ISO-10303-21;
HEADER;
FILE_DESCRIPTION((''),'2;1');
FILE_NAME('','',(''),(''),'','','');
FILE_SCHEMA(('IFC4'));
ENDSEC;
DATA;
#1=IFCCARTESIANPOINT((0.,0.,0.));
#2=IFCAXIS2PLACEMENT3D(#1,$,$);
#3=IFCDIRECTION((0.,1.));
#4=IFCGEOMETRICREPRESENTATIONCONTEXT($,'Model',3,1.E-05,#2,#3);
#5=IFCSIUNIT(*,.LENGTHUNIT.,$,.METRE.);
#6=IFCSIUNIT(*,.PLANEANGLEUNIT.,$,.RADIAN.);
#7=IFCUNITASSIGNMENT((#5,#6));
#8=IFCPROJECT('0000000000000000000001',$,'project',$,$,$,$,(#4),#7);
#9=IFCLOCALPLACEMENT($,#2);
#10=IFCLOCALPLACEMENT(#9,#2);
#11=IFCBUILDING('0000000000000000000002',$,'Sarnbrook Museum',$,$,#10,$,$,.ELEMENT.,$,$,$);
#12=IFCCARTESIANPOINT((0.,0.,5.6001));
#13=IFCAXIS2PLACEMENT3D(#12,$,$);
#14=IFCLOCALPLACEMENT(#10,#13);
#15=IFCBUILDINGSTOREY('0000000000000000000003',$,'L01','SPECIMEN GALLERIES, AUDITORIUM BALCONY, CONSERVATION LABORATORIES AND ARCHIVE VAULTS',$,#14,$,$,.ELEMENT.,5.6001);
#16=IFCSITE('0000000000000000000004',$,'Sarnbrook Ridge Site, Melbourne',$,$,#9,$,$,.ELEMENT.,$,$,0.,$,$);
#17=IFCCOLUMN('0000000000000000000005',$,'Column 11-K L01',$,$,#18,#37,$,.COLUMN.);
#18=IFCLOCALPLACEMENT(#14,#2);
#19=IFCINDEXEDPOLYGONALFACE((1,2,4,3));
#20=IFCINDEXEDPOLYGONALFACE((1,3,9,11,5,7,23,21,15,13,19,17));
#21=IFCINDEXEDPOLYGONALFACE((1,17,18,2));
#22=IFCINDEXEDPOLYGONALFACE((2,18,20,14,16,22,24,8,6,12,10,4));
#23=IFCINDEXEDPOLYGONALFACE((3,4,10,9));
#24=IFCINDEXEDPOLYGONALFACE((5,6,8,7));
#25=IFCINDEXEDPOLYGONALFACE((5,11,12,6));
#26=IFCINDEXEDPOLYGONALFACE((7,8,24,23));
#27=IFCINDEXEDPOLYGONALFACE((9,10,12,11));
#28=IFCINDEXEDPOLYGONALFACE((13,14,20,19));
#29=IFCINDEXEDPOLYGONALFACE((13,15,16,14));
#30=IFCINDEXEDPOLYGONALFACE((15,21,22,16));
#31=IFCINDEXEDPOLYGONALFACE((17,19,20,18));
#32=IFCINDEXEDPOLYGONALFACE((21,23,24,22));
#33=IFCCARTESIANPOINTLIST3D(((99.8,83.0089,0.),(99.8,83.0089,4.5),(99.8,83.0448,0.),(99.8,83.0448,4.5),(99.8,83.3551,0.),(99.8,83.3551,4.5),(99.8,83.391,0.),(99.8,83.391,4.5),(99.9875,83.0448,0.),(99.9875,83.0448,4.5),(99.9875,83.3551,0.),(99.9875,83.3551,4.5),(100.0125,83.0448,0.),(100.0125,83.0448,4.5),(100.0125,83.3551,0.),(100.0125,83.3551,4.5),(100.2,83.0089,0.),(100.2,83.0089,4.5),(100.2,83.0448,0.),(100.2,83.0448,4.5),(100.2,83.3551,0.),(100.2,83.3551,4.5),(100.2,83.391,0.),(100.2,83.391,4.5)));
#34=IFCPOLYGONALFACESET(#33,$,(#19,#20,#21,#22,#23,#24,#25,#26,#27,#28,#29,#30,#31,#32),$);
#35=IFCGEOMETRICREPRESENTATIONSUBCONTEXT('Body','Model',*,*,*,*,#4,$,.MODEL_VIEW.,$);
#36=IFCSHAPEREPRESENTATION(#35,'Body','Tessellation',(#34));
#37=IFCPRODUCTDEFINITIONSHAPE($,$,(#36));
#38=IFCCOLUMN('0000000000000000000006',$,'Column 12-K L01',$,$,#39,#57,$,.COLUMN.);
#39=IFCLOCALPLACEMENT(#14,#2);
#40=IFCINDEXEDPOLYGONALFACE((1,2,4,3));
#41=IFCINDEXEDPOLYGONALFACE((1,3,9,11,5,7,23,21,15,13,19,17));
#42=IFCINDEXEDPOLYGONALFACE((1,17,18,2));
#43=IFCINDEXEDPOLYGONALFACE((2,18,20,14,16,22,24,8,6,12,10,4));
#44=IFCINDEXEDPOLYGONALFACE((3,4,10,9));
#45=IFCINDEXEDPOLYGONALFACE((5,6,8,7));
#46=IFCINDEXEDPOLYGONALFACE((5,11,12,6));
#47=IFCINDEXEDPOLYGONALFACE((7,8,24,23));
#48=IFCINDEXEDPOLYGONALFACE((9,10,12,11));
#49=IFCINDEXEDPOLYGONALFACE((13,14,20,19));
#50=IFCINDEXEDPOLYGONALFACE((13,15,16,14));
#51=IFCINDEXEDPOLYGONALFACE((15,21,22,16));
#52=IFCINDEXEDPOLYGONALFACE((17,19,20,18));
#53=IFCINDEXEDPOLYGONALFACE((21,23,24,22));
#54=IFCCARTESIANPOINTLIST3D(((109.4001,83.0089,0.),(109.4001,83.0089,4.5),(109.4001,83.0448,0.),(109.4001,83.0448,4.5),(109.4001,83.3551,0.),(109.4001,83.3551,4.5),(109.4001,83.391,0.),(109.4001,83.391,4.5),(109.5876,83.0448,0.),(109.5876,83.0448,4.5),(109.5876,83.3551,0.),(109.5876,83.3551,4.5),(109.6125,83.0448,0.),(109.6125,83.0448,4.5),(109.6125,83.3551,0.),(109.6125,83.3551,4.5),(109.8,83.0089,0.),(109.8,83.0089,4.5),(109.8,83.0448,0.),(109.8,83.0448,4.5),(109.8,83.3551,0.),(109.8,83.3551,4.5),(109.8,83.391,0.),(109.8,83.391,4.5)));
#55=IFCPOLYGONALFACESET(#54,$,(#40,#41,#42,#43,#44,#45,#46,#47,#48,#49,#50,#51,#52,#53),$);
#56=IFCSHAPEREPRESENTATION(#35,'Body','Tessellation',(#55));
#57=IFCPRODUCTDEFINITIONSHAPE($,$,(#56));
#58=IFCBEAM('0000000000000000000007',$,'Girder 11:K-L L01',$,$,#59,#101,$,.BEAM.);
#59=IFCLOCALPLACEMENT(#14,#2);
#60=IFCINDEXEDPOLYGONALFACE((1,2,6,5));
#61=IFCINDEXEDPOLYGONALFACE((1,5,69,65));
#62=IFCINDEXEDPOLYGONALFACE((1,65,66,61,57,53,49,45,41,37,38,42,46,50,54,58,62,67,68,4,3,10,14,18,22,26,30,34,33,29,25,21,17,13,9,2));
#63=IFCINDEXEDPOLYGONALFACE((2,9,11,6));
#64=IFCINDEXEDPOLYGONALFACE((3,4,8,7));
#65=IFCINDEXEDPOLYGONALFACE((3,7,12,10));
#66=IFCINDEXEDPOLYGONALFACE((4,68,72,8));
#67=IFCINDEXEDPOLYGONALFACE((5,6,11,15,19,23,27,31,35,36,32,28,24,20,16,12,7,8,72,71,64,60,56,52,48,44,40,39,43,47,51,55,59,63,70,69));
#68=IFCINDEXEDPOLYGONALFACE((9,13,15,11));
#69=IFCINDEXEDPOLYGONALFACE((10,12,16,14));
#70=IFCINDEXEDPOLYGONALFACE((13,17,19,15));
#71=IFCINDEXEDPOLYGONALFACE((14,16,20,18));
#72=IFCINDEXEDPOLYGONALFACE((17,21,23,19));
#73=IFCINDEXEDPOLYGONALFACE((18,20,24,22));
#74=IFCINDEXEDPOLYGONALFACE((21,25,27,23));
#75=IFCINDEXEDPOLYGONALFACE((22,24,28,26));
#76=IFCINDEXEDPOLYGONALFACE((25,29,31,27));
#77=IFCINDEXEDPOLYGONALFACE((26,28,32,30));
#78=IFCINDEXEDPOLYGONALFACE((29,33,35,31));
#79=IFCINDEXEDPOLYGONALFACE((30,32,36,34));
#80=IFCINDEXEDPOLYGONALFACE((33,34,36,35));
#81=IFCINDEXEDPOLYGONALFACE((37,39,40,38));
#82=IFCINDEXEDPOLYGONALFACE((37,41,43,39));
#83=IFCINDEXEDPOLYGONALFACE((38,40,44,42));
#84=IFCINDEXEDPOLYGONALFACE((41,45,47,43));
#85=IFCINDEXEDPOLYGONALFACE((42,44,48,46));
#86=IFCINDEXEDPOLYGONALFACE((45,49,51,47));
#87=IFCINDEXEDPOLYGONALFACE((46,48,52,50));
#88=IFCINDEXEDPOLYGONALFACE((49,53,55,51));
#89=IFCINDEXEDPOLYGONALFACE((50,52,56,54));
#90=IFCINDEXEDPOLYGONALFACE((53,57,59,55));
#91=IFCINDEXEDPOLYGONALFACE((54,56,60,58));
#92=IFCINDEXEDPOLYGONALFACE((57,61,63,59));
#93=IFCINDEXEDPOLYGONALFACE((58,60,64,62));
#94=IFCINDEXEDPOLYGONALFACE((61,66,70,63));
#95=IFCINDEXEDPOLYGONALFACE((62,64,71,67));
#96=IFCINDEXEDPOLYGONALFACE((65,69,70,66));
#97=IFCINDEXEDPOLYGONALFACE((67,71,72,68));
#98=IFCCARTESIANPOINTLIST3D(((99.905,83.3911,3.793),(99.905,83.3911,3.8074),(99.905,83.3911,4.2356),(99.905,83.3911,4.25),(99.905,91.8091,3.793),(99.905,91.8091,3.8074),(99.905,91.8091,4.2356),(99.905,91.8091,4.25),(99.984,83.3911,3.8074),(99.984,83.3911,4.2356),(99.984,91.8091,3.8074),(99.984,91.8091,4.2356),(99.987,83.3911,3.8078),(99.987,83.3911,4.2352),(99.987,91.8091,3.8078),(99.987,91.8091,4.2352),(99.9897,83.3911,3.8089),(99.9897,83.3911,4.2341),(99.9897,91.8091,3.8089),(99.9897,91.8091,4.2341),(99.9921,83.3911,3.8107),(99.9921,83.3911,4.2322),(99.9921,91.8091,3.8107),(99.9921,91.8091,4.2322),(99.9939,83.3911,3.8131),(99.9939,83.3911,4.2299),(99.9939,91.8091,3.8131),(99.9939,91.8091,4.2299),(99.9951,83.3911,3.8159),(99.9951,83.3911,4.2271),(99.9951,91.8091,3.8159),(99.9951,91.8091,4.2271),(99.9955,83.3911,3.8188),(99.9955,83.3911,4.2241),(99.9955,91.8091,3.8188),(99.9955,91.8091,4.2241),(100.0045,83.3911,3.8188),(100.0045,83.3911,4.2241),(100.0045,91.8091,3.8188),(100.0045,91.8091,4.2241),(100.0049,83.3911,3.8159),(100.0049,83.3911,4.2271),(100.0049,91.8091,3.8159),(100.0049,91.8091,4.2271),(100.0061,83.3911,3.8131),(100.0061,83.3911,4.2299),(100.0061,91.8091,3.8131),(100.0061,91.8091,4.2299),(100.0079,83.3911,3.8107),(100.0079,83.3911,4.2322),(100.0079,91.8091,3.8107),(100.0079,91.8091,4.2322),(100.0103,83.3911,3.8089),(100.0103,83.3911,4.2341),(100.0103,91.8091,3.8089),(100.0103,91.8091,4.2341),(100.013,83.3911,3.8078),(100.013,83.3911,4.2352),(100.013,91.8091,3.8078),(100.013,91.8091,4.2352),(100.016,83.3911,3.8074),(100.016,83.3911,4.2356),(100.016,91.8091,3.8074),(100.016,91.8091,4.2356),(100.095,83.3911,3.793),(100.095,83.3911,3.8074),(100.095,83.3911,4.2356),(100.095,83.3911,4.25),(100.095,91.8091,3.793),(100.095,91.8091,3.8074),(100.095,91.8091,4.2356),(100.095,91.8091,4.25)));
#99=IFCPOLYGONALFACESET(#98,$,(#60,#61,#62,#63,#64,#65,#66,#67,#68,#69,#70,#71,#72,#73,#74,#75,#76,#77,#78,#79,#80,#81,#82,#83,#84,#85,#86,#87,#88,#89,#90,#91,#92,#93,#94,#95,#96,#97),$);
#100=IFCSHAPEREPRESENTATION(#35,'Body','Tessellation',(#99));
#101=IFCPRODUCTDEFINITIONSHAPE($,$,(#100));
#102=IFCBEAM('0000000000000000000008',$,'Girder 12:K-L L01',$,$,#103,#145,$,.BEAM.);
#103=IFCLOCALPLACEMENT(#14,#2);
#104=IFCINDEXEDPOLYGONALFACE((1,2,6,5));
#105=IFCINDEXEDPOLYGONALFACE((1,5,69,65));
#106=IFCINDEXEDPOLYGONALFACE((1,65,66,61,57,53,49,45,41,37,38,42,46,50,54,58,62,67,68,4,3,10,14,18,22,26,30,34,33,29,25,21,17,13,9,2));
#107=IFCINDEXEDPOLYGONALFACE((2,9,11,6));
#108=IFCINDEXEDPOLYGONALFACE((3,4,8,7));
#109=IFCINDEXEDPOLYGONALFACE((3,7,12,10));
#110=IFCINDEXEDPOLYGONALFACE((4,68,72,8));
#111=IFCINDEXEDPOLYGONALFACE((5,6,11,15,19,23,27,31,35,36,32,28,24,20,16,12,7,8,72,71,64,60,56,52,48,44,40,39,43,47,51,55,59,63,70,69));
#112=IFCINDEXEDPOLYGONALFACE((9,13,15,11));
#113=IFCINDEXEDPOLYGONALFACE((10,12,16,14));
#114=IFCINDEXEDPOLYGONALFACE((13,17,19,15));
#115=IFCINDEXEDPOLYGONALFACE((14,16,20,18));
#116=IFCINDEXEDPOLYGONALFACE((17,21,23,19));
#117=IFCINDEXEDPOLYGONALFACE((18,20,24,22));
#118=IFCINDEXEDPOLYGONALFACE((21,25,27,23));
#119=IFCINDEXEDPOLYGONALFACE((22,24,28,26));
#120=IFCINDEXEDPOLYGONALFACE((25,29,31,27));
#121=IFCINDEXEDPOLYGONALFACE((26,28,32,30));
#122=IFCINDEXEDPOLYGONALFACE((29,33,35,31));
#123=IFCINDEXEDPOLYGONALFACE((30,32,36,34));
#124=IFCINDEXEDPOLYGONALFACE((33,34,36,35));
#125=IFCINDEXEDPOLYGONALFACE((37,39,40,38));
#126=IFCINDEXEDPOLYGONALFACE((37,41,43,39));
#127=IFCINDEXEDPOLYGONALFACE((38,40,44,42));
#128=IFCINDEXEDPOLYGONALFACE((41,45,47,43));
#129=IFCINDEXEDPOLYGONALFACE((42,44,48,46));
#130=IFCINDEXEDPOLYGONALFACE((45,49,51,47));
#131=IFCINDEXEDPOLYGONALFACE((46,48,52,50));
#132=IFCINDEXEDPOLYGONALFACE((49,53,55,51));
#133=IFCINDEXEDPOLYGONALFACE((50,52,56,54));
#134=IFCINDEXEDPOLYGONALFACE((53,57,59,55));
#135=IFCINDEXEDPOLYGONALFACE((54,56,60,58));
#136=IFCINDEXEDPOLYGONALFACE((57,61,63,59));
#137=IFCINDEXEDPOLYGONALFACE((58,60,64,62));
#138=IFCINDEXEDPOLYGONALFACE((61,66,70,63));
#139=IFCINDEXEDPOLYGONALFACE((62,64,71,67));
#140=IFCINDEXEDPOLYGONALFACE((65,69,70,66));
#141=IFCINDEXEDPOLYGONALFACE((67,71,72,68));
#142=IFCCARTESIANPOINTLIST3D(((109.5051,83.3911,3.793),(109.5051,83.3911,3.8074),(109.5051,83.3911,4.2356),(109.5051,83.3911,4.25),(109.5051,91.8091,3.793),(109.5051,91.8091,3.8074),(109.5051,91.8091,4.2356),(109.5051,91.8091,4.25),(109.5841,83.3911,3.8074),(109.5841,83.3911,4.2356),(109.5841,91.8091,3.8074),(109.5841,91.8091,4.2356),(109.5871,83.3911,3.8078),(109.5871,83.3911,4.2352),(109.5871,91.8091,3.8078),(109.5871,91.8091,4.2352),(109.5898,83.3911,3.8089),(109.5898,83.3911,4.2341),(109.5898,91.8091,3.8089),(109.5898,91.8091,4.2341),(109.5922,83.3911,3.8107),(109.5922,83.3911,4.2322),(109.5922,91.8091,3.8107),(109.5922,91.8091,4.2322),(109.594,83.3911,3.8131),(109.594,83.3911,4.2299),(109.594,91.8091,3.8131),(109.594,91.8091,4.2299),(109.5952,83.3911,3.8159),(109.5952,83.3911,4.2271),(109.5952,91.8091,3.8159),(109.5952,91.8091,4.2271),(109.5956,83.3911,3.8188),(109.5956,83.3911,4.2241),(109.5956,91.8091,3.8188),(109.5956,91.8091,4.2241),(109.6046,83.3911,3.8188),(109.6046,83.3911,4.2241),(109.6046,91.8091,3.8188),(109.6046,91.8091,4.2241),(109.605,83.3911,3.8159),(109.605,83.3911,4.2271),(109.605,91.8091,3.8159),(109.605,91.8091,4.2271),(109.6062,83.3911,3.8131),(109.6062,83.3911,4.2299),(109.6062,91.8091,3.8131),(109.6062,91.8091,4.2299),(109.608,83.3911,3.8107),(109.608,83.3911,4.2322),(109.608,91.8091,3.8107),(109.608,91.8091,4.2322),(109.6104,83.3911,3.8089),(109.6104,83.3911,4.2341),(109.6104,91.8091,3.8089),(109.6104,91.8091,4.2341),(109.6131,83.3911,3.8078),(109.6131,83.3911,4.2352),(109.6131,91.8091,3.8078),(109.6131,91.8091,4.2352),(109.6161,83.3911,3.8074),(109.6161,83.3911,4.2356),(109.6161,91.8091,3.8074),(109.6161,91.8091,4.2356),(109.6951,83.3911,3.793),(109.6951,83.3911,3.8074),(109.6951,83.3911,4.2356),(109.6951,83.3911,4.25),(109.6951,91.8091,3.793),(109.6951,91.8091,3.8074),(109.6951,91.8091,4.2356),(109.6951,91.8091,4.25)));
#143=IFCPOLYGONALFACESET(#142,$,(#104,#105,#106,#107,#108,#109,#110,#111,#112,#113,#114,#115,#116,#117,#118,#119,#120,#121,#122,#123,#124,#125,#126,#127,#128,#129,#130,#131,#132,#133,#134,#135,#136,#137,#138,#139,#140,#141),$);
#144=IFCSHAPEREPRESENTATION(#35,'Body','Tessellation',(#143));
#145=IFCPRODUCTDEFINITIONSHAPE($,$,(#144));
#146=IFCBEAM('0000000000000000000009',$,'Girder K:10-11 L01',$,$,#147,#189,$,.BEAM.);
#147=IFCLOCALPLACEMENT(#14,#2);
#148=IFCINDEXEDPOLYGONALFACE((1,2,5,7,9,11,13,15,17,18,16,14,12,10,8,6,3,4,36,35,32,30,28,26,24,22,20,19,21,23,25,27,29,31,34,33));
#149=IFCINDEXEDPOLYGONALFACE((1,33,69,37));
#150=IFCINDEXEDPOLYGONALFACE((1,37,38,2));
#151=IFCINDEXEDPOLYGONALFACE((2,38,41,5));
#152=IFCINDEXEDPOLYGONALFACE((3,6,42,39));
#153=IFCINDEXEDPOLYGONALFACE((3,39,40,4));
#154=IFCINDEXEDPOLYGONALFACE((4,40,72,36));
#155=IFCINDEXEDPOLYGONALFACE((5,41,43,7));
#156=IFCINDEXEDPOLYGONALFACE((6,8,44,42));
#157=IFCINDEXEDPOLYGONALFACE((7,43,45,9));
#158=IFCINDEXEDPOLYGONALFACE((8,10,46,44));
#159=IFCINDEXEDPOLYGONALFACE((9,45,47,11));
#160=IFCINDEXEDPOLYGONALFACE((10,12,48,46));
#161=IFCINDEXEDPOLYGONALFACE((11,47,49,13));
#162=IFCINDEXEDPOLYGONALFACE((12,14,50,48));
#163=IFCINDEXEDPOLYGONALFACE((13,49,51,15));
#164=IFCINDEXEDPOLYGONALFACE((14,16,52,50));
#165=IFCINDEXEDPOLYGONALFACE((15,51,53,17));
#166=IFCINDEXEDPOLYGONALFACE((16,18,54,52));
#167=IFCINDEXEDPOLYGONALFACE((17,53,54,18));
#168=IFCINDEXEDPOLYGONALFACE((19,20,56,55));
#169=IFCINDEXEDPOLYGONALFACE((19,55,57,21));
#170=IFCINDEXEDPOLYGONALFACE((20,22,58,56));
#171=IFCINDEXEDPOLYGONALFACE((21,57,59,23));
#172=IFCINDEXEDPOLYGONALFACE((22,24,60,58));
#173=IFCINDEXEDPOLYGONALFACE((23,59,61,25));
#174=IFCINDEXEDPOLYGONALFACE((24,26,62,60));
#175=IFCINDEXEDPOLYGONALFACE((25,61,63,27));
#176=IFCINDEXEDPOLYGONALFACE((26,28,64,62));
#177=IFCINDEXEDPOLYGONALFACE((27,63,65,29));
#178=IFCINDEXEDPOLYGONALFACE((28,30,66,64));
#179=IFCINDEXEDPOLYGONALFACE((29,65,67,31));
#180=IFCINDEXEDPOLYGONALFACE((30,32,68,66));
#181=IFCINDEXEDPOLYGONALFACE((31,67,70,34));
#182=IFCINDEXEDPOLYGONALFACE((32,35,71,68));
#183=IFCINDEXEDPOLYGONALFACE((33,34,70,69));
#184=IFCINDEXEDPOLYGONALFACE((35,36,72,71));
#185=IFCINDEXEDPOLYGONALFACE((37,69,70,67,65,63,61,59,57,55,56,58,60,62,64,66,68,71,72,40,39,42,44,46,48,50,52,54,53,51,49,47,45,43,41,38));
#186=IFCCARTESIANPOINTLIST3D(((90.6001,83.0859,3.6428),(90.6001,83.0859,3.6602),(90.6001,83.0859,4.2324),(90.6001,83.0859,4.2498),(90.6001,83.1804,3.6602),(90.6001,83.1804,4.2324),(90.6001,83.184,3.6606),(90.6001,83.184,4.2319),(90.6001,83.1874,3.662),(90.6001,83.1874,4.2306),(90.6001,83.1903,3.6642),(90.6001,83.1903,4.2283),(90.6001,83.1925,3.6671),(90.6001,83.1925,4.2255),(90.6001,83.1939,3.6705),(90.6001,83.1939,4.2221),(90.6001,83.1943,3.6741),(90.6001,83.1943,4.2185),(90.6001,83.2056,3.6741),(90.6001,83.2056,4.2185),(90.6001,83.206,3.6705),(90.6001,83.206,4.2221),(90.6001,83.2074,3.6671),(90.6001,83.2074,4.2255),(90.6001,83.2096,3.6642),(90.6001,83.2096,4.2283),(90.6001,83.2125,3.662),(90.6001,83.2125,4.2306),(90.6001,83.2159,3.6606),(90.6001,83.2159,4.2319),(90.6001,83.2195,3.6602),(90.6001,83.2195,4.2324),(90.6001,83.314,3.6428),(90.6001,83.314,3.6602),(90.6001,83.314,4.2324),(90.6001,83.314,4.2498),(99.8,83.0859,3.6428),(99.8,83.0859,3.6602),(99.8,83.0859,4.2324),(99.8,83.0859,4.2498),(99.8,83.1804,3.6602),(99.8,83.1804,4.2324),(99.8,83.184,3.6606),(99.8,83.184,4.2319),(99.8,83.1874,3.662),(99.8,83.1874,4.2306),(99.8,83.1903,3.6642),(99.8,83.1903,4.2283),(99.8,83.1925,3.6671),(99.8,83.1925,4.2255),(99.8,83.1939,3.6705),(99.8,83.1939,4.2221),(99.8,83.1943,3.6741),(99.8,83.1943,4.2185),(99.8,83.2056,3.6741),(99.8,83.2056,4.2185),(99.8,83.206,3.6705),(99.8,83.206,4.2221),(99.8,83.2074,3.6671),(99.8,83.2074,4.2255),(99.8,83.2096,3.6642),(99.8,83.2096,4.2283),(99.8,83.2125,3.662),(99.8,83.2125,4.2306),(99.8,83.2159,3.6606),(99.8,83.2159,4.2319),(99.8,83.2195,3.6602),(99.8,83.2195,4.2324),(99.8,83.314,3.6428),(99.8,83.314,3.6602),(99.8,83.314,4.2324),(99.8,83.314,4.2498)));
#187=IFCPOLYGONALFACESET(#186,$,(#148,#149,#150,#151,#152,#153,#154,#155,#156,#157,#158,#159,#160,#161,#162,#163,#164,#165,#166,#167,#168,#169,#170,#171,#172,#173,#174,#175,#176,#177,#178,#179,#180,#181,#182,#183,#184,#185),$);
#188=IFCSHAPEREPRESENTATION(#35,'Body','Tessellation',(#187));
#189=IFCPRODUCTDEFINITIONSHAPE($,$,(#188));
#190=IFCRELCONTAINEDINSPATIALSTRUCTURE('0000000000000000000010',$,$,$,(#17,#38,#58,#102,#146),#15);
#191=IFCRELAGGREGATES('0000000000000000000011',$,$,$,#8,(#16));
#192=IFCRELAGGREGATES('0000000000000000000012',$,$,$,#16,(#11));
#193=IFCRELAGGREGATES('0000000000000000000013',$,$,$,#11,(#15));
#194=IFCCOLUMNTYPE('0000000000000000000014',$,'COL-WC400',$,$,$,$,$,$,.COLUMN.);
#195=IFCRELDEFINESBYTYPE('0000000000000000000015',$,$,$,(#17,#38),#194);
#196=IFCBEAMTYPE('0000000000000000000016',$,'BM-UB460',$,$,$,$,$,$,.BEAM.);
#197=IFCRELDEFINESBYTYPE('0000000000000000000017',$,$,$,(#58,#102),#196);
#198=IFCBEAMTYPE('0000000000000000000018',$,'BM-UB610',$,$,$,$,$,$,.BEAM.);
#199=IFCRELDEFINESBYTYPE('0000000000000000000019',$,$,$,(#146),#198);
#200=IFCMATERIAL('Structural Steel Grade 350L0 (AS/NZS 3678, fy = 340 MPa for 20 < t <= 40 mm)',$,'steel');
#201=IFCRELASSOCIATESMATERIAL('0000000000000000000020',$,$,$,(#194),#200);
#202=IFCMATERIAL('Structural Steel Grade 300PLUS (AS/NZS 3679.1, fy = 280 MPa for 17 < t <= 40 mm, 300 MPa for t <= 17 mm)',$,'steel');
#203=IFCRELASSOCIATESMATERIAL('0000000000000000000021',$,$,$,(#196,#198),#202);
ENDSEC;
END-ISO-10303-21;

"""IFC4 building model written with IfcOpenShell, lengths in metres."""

from ifc_helpers import new_model, si_unit, direction, frame, origin, origin_2d, place, context, subcontext, project, spatial, i_section, extrude, material, material_profile, profile_set, type_object, element, save


model = new_model("IFC4")

# Units and contexts
model_context = context("Model", 3, precision=1e-05, world=origin(), true_north=direction((0.0, 1.0)))
body_context = subcontext(model_context, "Body", "Model", "MODEL_VIEW")
ifc_project = project(units=[si_unit("LENGTHUNIT", "METRE"), si_unit("PLANEANGLEUNIT", "RADIAN")], contexts=[model_context])

# Site, building, storey
site_placement = place(None, origin())
site = spatial("IfcSite", under=ifc_project, at=site_placement, Name="Sarnbrook Ridge Site, Melbourne", CompositionType="ELEMENT", RefElevation=0.0)
building_placement = place(site_placement, origin())
building = spatial("IfcBuilding", under=site, at=building_placement, Name="Sarnbrook Museum", CompositionType="ELEMENT")
storey_placement = place(building_placement, frame((0.0, 0.0, 5.6001)))
storey = spatial("IfcBuildingStorey", under=building, at=storey_placement, Name="L01", Description="SPECIMEN GALLERIES, AUDITORIUM BALCONY, CONSERVATION LABORATORIES AND ARCHIVE VAULTS", CompositionType="ELEMENT", Elevation=5.6001)

# Columns
ifc_material_1 = material(Name="Structural Steel Grade 350L0 (AS/NZS 3678, fy = 340 MPa for 20 < t <= 40 mm)", Category="steel")
ifc_material_profile_1 = material_profile(ifc_material_1, i_section(OverallWidth=0.3999, OverallDepth=0.3821, WebThickness=0.0249, FlangeThickness=0.0359, at=origin_2d()), Name="400WC270")
ifc_profile_set_1 = profile_set([ifc_material_profile_1], Name="Structural Steel Grade 350L0 (AS/NZS 3678, fy = 340 MPa for 20 < t <= 40 mm)")
column_type = type_object("IfcColumnType", Name="COL-WC400", PredefinedType="COLUMN", material=ifc_profile_set_1)
for number, where, z_axis, x_axis, name in (
    (1, (100.0, 83.2, 0.0), (0.0, 0.0, 1.0), (1.0, 0.0, 0.0), "Column 11-K L01"),
    (2, (109.6001, 83.2, 0.0), (0.0, 0.0, 1.0), (1.0, 0.0, 0.0), "Column 12-K L01"),
):
    element("IfcColumn", number, at=place(storey_placement, frame(where, z_axis=z_axis, x_axis=x_axis)), inside=storey, type_object=column_type, Name=name, PredefinedType="COLUMN", context=body_context, shape_type="SweptSolid", body=[
        extrude(i_section(OverallWidth=0.3999, OverallDepth=0.3821, WebThickness=0.0249, FlangeThickness=0.0359, at=origin_2d()), origin(), (0.0, 0.0, 1.0), 4.5),
    ])

# Beams
ifc_material_2 = material(Name="Structural Steel Grade 300PLUS (AS/NZS 3679.1, fy = 280 MPa for 17 < t <= 40 mm, 300 MPa for t <= 17 mm)", Category="steel")
ifc_material_profile_2 = material_profile(ifc_material_2, i_section(OverallWidth=0.1899, OverallDepth=0.457, WebThickness=0.009, FlangeThickness=0.0144, FilletRadius=0.0115, at=origin_2d()), Name="460UB74.6")
ifc_profile_set_2 = profile_set([ifc_material_profile_2], Name="Structural Steel Grade 300PLUS (AS/NZS 3679.1, fy = 280 MPa for 17 < t <= 40 mm, 300 MPa for t <= 17 mm)")
beam_type_1 = type_object("IfcBeamType", Name="BM-UB460", PredefinedType="BEAM", material=ifc_profile_set_2)
for number, where, z_axis, x_axis, name in (
    (3, (100.0, 83.3911, 4.0215), (0.0, 1.0, 0.0), (-1.0, 0.0, 0.0), "Girder 11:K-L L01"),
    (4, (109.6001, 83.3911, 4.0215), (0.0, 1.0, 0.0), (-1.0, 0.0, 0.0), "Girder 12:K-L L01"),
):
    element("IfcBeam", number, at=place(storey_placement, frame(where, z_axis=z_axis, x_axis=x_axis)), inside=storey, type_object=beam_type_1, Name=name, PredefinedType="BEAM", context=body_context, shape_type="SweptSolid", body=[
        extrude(i_section(OverallWidth=0.1899, OverallDepth=0.457, WebThickness=0.009, FlangeThickness=0.0144, FilletRadius=0.0115, at=origin_2d()), origin(), (0.0, 0.0, 1.0), 8.418),
    ])
ifc_material_profile_3 = material_profile(ifc_material_2, i_section(OverallWidth=0.228, OverallDepth=0.6069, WebThickness=0.0112, FlangeThickness=0.0173, FilletRadius=0.0139, at=origin_2d()), Name="610UB113")
ifc_profile_set_3 = profile_set([ifc_material_profile_3], Name="Structural Steel Grade 300PLUS (AS/NZS 3679.1, fy = 280 MPa for 17 < t <= 40 mm, 300 MPa for t <= 17 mm)")
beam_type_2 = type_object("IfcBeamType", Name="BM-UB610", PredefinedType="BEAM", material=ifc_profile_set_3)
for number, where, z_axis, x_axis, name in (
    (5, (90.6001, 83.2, 3.9463), (1.0, 0.0, 0.0), (0.0, 1.0, 0.0), "Girder K:10-11 L01"),
):
    element("IfcBeam", number, at=place(storey_placement, frame(where, z_axis=z_axis, x_axis=x_axis)), inside=storey, type_object=beam_type_2, Name=name, PredefinedType="BEAM", context=body_context, shape_type="SweptSolid", body=[
        extrude(i_section(OverallWidth=0.228, OverallDepth=0.6069, WebThickness=0.0112, FlangeThickness=0.0173, FilletRadius=0.0139, at=origin_2d()), origin(), (0.0, 0.0, 1.0), 9.2),
    ])

save(model, "model.ifc")
